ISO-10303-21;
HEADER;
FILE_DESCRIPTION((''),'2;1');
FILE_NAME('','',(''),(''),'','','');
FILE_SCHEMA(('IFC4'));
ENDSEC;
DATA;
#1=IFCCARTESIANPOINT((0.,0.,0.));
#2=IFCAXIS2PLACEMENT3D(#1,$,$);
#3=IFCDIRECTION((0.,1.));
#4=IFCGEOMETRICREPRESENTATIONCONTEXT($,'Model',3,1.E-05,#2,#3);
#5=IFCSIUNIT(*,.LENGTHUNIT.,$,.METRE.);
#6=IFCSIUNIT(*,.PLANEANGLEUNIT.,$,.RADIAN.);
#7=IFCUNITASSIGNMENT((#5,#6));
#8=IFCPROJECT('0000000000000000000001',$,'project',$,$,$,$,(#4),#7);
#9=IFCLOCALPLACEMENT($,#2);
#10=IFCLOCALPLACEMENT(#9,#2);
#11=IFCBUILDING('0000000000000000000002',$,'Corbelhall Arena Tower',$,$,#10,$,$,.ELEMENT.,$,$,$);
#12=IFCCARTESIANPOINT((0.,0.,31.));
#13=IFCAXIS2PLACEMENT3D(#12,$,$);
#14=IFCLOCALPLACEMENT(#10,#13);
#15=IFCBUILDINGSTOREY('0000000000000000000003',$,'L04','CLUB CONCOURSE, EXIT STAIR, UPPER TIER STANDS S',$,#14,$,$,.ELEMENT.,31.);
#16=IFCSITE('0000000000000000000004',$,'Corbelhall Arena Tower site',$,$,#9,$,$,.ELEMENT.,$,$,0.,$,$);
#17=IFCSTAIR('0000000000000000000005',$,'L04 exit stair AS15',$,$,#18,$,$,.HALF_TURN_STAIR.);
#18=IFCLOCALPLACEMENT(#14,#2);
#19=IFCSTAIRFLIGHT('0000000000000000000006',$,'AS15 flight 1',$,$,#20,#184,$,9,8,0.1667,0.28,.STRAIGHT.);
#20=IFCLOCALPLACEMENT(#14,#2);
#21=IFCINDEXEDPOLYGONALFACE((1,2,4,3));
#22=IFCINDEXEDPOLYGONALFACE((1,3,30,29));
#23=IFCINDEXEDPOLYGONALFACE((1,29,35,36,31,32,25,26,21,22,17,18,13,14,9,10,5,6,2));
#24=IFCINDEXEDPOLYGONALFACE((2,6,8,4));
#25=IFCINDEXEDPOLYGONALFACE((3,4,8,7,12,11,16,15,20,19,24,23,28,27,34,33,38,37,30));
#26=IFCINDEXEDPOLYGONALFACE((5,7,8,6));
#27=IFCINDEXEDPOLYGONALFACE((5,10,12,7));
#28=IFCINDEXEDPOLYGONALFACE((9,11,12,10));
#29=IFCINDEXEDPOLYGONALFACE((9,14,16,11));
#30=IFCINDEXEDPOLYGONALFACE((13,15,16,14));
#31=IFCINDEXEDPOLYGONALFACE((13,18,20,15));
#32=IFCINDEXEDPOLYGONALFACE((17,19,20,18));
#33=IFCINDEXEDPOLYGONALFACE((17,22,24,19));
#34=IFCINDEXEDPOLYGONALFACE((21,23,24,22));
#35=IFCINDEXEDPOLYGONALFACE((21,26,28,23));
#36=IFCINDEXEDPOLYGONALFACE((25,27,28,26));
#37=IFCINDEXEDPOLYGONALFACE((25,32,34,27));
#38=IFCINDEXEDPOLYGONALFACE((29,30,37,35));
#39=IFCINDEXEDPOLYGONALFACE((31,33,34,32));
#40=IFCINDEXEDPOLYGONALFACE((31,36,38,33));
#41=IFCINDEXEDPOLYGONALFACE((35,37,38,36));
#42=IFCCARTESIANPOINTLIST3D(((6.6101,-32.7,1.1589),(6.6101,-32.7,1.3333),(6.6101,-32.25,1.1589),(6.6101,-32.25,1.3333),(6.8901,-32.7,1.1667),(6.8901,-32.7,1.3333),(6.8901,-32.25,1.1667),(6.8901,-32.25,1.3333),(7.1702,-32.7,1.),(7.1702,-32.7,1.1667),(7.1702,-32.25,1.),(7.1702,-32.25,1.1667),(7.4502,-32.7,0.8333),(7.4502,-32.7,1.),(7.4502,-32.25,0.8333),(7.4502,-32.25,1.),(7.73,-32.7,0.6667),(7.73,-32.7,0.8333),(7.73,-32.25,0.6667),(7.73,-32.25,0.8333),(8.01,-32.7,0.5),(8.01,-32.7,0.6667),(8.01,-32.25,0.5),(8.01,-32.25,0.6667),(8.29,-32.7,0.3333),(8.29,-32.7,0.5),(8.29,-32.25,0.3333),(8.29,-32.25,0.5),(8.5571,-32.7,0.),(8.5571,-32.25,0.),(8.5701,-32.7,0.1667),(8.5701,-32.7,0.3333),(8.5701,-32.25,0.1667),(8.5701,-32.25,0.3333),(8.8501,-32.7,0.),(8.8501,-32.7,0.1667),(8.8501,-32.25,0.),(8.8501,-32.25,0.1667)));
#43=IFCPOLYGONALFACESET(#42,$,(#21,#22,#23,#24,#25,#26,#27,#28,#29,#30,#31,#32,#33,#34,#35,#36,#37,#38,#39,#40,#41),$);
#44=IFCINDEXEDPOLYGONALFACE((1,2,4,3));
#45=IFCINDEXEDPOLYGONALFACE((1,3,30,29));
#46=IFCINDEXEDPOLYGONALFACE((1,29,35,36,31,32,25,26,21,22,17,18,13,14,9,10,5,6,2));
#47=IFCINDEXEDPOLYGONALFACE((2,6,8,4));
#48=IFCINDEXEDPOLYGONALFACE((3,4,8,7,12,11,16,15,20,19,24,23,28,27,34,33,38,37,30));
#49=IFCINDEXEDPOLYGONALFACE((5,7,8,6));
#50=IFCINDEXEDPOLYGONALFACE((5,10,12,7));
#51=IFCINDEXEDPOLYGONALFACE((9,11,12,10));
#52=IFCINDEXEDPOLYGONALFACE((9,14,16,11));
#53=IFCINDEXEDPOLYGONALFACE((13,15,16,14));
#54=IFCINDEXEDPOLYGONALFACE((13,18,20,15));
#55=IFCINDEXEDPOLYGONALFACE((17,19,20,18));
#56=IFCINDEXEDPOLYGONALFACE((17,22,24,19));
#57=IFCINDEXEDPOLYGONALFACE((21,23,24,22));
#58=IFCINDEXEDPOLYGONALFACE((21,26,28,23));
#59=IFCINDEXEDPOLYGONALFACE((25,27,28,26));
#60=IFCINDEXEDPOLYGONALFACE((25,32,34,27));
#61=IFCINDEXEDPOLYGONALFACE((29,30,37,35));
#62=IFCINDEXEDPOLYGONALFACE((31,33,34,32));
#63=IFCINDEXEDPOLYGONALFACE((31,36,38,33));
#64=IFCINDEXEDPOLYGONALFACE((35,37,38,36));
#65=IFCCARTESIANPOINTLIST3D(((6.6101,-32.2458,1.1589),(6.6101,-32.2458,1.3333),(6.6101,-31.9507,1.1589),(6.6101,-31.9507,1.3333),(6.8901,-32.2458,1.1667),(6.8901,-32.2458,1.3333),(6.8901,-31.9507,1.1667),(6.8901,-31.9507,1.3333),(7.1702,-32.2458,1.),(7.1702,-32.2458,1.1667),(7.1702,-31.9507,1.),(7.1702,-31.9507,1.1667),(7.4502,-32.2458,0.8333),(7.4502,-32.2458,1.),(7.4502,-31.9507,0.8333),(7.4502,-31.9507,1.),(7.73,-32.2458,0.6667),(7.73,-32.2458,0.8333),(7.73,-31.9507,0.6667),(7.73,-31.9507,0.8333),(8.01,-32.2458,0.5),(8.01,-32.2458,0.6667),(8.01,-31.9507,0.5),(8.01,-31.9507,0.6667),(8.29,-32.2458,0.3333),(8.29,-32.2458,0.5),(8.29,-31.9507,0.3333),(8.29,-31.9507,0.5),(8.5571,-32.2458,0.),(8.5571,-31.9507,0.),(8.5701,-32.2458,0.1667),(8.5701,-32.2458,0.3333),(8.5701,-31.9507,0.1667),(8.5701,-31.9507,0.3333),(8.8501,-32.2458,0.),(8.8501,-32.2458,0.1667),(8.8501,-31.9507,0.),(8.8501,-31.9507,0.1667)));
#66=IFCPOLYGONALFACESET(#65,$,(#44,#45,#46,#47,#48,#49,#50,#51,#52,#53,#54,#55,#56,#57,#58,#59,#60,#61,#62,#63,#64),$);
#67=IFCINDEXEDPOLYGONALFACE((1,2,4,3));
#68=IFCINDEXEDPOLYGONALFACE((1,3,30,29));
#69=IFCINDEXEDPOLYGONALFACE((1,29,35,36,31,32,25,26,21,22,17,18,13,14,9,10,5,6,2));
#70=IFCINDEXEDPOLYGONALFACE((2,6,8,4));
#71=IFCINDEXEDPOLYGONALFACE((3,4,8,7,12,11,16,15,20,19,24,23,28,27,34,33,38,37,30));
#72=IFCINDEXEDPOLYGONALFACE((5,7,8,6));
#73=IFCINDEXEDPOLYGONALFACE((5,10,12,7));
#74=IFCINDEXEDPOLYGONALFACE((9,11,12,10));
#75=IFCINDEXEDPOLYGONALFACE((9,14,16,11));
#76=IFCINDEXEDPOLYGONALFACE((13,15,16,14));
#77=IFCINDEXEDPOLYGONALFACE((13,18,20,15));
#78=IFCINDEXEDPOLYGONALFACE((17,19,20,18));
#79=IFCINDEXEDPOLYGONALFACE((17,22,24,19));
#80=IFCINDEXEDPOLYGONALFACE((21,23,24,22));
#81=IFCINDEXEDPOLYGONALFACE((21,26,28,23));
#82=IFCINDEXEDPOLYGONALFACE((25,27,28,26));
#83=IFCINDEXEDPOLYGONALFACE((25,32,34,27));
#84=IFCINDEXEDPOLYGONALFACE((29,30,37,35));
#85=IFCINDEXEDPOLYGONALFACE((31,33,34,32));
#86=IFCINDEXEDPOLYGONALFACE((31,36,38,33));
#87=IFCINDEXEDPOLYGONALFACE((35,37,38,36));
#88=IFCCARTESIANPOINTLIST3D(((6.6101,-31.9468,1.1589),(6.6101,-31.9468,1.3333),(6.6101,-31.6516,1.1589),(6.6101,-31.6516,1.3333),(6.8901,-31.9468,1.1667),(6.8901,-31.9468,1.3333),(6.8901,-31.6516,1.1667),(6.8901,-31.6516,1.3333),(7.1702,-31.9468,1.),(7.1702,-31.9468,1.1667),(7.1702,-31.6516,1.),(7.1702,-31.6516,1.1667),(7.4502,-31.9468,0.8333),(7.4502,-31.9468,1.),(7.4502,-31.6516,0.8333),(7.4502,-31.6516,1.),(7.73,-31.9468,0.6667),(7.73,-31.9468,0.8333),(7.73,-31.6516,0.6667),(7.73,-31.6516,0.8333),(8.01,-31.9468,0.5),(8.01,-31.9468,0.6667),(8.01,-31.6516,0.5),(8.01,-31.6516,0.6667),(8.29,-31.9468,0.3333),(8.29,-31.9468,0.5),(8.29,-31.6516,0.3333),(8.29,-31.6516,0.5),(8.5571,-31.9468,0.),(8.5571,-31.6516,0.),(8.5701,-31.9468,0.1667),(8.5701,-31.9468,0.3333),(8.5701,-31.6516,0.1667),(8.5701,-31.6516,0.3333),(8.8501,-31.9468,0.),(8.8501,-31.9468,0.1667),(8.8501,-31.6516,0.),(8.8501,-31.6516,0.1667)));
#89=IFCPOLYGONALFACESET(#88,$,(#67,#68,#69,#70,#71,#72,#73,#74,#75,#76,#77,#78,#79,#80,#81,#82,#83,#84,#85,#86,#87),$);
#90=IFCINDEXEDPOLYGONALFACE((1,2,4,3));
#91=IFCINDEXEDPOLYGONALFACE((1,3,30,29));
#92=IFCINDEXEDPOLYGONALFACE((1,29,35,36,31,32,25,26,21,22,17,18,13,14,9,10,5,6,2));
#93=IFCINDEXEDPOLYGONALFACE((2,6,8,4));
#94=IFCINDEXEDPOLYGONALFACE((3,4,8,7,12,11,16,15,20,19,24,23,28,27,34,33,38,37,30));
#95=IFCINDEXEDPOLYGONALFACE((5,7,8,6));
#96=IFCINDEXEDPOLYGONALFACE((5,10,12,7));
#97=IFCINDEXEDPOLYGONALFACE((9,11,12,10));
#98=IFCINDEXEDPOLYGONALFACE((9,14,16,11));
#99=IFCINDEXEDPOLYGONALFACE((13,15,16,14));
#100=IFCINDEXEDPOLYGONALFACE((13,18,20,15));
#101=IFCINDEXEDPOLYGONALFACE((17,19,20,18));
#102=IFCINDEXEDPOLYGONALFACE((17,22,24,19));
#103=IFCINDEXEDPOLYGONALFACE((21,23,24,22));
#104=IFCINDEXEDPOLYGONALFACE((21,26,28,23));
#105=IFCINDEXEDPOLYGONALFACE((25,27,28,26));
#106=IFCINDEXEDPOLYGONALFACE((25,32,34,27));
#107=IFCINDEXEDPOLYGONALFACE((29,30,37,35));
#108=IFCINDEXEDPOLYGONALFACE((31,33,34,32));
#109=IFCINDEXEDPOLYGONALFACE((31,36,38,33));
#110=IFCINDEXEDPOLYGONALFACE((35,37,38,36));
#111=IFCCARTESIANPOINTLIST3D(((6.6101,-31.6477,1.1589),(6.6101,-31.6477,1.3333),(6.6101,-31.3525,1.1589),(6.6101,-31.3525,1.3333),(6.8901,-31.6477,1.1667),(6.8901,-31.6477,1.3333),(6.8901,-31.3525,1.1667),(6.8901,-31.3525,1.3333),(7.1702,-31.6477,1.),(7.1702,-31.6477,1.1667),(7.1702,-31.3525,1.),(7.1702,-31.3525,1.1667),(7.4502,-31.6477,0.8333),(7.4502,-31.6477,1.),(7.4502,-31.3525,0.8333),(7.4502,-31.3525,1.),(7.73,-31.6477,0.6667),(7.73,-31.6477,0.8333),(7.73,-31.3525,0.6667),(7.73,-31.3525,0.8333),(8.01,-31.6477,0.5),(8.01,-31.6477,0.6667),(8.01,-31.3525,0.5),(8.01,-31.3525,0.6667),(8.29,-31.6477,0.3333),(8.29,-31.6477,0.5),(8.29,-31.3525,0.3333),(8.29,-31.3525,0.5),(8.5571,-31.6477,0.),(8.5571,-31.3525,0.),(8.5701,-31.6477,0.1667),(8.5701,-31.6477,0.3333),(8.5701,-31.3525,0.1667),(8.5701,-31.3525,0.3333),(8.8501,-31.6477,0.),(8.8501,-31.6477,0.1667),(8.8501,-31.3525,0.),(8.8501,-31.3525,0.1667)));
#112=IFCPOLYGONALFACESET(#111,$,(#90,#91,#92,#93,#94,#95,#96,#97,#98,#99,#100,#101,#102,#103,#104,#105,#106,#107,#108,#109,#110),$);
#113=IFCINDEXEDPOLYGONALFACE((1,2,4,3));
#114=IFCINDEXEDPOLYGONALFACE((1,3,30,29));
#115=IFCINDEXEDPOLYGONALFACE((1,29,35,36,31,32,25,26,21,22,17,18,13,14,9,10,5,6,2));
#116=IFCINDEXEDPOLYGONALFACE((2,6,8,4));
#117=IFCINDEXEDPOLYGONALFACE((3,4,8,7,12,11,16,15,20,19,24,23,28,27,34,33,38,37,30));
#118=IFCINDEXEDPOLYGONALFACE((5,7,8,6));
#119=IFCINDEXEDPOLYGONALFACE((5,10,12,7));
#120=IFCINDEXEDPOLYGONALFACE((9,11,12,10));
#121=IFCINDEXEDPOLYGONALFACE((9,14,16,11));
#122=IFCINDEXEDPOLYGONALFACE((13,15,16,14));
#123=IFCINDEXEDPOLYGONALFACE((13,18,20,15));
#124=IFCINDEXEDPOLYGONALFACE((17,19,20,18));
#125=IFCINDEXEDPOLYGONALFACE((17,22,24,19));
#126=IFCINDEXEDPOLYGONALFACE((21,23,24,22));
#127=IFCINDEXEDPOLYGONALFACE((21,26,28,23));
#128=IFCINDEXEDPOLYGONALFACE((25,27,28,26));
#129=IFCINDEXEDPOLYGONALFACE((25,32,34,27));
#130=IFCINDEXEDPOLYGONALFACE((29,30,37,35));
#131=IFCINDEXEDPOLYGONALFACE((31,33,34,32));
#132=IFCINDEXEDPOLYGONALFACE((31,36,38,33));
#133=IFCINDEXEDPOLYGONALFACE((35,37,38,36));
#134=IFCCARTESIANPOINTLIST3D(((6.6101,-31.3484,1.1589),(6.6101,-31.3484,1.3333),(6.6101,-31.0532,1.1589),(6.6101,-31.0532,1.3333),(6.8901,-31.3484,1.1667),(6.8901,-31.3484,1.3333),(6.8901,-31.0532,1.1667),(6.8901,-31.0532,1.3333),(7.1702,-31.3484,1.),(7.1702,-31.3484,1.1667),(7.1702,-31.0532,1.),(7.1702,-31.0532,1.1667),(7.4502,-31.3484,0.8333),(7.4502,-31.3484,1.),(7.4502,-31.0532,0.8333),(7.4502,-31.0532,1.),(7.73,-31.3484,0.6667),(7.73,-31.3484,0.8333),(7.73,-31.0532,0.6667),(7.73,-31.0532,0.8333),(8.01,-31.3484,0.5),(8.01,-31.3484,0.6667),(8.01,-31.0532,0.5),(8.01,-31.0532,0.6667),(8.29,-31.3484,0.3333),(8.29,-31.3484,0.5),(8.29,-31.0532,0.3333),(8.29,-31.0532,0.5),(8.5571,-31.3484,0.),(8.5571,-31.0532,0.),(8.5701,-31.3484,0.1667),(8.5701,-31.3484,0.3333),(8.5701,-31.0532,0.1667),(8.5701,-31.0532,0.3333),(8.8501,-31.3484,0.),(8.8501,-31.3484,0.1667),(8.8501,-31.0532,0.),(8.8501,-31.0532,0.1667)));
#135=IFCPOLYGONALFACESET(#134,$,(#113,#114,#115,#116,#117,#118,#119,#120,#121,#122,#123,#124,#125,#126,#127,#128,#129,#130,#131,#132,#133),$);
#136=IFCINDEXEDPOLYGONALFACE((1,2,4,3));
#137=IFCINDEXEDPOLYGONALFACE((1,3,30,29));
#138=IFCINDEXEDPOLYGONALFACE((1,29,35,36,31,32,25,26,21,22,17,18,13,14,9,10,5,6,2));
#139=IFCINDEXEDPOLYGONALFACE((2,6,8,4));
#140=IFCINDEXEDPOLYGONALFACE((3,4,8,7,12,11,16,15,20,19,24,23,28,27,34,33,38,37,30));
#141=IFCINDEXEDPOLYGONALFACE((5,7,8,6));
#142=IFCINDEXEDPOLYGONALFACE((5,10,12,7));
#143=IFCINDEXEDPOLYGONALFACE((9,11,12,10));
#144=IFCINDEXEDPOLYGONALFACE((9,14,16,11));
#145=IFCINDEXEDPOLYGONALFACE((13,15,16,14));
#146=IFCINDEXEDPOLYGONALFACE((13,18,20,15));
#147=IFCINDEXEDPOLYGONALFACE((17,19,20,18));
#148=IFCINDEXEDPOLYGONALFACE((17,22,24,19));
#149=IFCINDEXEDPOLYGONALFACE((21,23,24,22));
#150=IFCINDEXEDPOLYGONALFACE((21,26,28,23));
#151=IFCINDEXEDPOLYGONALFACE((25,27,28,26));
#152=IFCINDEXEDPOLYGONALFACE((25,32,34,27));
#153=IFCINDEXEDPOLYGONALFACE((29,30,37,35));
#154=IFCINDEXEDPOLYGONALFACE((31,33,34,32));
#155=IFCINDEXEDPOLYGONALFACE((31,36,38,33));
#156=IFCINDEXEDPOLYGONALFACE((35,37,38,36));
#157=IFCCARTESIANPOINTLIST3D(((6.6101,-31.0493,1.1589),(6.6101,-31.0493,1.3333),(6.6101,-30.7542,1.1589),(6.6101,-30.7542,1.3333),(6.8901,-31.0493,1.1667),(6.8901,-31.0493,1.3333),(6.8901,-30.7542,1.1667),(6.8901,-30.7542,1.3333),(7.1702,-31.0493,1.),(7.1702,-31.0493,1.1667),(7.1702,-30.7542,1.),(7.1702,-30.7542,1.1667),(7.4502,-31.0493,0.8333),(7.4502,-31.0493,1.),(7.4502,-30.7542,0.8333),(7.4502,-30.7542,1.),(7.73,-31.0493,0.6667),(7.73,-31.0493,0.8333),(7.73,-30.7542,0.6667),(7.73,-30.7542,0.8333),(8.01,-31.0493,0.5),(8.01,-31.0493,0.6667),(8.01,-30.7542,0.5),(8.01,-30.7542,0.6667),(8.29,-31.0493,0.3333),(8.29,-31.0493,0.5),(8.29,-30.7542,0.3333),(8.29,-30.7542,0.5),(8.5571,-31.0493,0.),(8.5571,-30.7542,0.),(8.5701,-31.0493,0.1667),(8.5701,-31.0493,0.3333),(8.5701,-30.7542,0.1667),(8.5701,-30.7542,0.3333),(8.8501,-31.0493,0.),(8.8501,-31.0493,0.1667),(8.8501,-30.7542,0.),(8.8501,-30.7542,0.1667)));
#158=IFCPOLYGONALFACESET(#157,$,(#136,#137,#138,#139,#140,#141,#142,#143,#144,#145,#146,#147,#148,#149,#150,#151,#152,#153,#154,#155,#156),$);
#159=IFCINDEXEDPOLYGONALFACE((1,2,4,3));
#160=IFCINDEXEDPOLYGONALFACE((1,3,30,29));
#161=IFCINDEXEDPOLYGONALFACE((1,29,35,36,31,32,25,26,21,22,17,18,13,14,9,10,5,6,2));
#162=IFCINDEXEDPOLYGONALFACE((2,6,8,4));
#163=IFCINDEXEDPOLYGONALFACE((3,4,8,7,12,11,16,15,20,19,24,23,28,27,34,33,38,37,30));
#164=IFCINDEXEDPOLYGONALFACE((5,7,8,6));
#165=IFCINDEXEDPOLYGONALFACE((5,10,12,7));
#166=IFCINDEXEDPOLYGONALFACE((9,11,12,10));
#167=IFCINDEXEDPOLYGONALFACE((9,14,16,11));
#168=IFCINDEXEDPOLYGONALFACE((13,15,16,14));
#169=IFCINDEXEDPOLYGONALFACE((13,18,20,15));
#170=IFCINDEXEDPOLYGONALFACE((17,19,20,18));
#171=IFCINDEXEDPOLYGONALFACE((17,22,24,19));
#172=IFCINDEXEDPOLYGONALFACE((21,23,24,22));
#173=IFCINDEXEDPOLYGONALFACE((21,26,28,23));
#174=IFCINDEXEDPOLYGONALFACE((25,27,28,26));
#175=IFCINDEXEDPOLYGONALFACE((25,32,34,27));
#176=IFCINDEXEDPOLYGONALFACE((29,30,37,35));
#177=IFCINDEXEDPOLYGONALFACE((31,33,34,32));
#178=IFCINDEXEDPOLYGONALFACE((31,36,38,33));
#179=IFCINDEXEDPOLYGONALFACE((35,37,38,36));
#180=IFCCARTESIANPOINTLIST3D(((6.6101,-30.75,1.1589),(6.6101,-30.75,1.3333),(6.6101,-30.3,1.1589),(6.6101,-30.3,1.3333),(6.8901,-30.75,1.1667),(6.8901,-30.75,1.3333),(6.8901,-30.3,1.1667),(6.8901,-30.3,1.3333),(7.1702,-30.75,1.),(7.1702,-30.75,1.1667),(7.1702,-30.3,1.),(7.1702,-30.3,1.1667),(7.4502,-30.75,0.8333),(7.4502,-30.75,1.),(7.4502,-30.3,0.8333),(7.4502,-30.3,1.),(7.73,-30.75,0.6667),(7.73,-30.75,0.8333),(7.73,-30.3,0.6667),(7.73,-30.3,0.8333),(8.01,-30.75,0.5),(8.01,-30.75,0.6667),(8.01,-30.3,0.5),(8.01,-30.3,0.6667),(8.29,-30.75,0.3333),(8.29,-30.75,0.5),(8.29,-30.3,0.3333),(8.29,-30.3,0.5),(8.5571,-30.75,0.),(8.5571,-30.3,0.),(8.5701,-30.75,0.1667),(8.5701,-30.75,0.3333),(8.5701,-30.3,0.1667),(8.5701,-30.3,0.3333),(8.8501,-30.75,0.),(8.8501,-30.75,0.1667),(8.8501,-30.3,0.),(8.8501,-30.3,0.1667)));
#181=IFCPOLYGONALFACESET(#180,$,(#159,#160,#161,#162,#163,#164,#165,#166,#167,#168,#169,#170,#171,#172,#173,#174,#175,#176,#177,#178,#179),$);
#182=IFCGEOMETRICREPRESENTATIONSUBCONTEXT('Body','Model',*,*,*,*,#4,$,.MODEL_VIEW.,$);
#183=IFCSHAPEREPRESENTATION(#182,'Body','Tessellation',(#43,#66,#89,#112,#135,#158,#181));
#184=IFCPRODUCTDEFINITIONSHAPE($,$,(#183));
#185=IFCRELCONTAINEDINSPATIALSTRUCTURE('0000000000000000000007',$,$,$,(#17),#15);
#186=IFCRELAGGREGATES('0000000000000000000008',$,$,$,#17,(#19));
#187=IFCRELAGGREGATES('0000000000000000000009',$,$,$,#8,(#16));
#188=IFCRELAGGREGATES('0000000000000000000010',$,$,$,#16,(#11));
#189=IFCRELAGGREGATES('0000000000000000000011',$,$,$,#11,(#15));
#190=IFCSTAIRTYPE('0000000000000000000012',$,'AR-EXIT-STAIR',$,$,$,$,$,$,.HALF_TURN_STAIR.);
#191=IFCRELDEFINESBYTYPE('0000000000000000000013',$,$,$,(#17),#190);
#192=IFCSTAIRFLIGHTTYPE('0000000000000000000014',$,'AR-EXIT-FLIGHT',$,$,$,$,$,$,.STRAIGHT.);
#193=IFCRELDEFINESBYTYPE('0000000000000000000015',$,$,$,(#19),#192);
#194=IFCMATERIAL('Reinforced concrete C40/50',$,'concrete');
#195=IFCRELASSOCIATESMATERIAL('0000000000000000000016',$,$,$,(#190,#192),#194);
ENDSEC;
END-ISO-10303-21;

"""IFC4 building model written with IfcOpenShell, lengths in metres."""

from ifc_helpers import new_model, si_unit, direction, frame, origin, place, context, subcontext, project, spatial, polyline, outline, extrude, material, type_object, element, aggregate, save


model = new_model("IFC4")

# Units and contexts
model_context = context("Model", 3, precision=1e-05, world=origin(), true_north=direction((0.0, 1.0)))
body_context = subcontext(model_context, "Body", "Model", "MODEL_VIEW")
ifc_project = project(units=[si_unit("LENGTHUNIT", "METRE"), si_unit("PLANEANGLEUNIT", "RADIAN")], contexts=[model_context])

# Site, building, storey
site_placement = place(None, origin())
site = spatial("IfcSite", under=ifc_project, at=site_placement, Name="Corbelhall Arena Tower site", CompositionType="ELEMENT", RefElevation=0.0)
building_placement = place(site_placement, origin())
building = spatial("IfcBuilding", under=site, at=building_placement, Name="Corbelhall Arena Tower", CompositionType="ELEMENT")
storey_placement = place(building_placement, frame((0.0, 0.0, 31.0)))
storey = spatial("IfcBuildingStorey", under=building, at=storey_placement, Name="L04", Description="CLUB CONCOURSE, EXIT STAIR, UPPER TIER STANDS S", CompositionType="ELEMENT", Elevation=31.0)

# Shared definitions
ifc_material_1 = material(Name="Reinforced concrete C40/50", Category="concrete")

# Stair, stair flight
stair_type = type_object("IfcStairType", Name="AR-EXIT-STAIR", PredefinedType="HALF_TURN_STAIR", material=ifc_material_1)
stair_1_placement = place(storey_placement, origin())
stair_1 = element("IfcStair", 1, at=stair_1_placement, inside=storey, type_object=stair_type, Name="L04 exit stair AS15", PredefinedType="HALF_TURN_STAIR")
stair_flight_type = type_object("IfcStairFlightType", Name="AR-EXIT-FLIGHT", PredefinedType="STRAIGHT", material=ifc_material_1)
stair_flight_1_placement = place(storey_placement, frame((8.8501, -31.5, 0.0), z_axis=(0.0, 0.0, 1.0), x_axis=(-1.0, 0.0, 0.0)))
stair_flight_1 = element("IfcStairFlight", 2, at=stair_flight_1_placement, type_object=stair_flight_type, Name="AS15 flight 1", NumberOfRisers=9, NumberOfTreads=8, PredefinedType="STRAIGHT", RiserHeight=0.1667, TreadLength=0.28, context=body_context, shape_type="SweptSolid", body=[
    extrude(outline(polyline([(0.0, 0.0), (0.0, 0.1667), (0.28, 0.1667), (0.28, 0.3333), (0.5601, 0.3333), (0.5601, 0.5), (0.8401, 0.5), (0.8401, 0.6667), (1.1201, 0.6667), (1.1201, 0.8333), (1.3999, 0.8333), (1.3999, 1.0), (1.6799, 1.0), (1.6799, 1.1667), (1.96, 1.1667), (1.96, 1.3333), (2.24, 1.3333), (2.24, 1.5), (2.24, 1.1589), (0.293, 0.0), (0.0, 0.0)])), frame((0.0, 1.2, 0.0), z_axis=(0.0, -1.0, 0.0), x_axis=(1.0, 0.0, 0.0)), (0.0, 0.0, 1.0), 0.45),
    extrude(outline(polyline([(0.0, 0.0), (0.0, 0.1667), (0.28, 0.1667), (0.28, 0.3333), (0.5601, 0.3333), (0.5601, 0.5), (0.8401, 0.5), (0.8401, 0.6667), (1.1201, 0.6667), (1.1201, 0.8333), (1.3999, 0.8333), (1.3999, 1.0), (1.6799, 1.0), (1.6799, 1.1667), (1.96, 1.1667), (1.96, 1.3333), (2.24, 1.3333), (2.24, 1.5), (2.24, 1.1589), (0.293, 0.0), (0.0, 0.0)])), frame((0.0, 0.7458, 0.0), z_axis=(0.0, -1.0, 0.0), x_axis=(1.0, 0.0, 0.0)), (0.0, 0.0, 1.0), 0.2952),
    extrude(outline(polyline([(0.0, 0.0), (0.0, 0.1667), (0.28, 0.1667), (0.28, 0.3333), (0.5601, 0.3333), (0.5601, 0.5), (0.8401, 0.5), (0.8401, 0.6667), (1.1201, 0.6667), (1.1201, 0.8333), (1.3999, 0.8333), (1.3999, 1.0), (1.6799, 1.0), (1.6799, 1.1667), (1.96, 1.1667), (1.96, 1.3333), (2.24, 1.3333), (2.24, 1.5), (2.24, 1.1589), (0.293, 0.0), (0.0, 0.0)])), frame((0.0, 0.4468, 0.0), z_axis=(0.0, -1.0, 0.0), x_axis=(1.0, 0.0, 0.0)), (0.0, 0.0, 1.0), 0.2952),
    extrude(outline(polyline([(0.0, 0.0), (0.0, 0.1667), (0.28, 0.1667), (0.28, 0.3333), (0.5601, 0.3333), (0.5601, 0.5), (0.8401, 0.5), (0.8401, 0.6667), (1.1201, 0.6667), (1.1201, 0.8333), (1.3999, 0.8333), (1.3999, 1.0), (1.6799, 1.0), (1.6799, 1.1667), (1.96, 1.1667), (1.96, 1.3333), (2.24, 1.3333), (2.24, 1.5), (2.24, 1.1589), (0.293, 0.0), (0.0, 0.0)])), frame((0.0, 0.1477, 0.0), z_axis=(0.0, -1.0, 0.0), x_axis=(1.0, 0.0, 0.0)), (0.0, 0.0, 1.0), 0.2952),
    extrude(outline(polyline([(0.0, 0.0), (0.0, 0.1667), (0.28, 0.1667), (0.28, 0.3333), (0.5601, 0.3333), (0.5601, 0.5), (0.8401, 0.5), (0.8401, 0.6667), (1.1201, 0.6667), (1.1201, 0.8333), (1.3999, 0.8333), (1.3999, 1.0), (1.6799, 1.0), (1.6799, 1.1667), (1.96, 1.1667), (1.96, 1.3333), (2.24, 1.3333), (2.24, 1.5), (2.24, 1.1589), (0.293, 0.0), (0.0, 0.0)])), frame((0.0, -0.1516, 0.0), z_axis=(0.0, -1.0, 0.0), x_axis=(1.0, 0.0, 0.0)), (0.0, 0.0, 1.0), 0.2952),
    extrude(outline(polyline([(0.0, 0.0), (0.0, 0.1667), (0.28, 0.1667), (0.28, 0.3333), (0.5601, 0.3333), (0.5601, 0.5), (0.8401, 0.5), (0.8401, 0.6667), (1.1201, 0.6667), (1.1201, 0.8333), (1.3999, 0.8333), (1.3999, 1.0), (1.6799, 1.0), (1.6799, 1.1667), (1.96, 1.1667), (1.96, 1.3333), (2.24, 1.3333), (2.24, 1.5), (2.24, 1.1589), (0.293, 0.0), (0.0, 0.0)])), frame((0.0, -0.4507, 0.0), z_axis=(0.0, -1.0, 0.0), x_axis=(1.0, 0.0, 0.0)), (0.0, 0.0, 1.0), 0.2952),
    extrude(outline(polyline([(0.0, 0.0), (0.0, 0.1667), (0.28, 0.1667), (0.28, 0.3333), (0.5601, 0.3333), (0.5601, 0.5), (0.8401, 0.5), (0.8401, 0.6667), (1.1201, 0.6667), (1.1201, 0.8333), (1.3999, 0.8333), (1.3999, 1.0), (1.6799, 1.0), (1.6799, 1.1667), (1.96, 1.1667), (1.96, 1.3333), (2.24, 1.3333), (2.24, 1.5), (2.24, 1.1589), (0.293, 0.0), (0.0, 0.0)])), frame((0.0, -0.75, 0.0), z_axis=(0.0, -1.0, 0.0), x_axis=(1.0, 0.0, 0.0)), (0.0, 0.0, 1.0), 0.45),
])
aggregate(stair_1, [stair_flight_1])

save(model, "model.ifc")
